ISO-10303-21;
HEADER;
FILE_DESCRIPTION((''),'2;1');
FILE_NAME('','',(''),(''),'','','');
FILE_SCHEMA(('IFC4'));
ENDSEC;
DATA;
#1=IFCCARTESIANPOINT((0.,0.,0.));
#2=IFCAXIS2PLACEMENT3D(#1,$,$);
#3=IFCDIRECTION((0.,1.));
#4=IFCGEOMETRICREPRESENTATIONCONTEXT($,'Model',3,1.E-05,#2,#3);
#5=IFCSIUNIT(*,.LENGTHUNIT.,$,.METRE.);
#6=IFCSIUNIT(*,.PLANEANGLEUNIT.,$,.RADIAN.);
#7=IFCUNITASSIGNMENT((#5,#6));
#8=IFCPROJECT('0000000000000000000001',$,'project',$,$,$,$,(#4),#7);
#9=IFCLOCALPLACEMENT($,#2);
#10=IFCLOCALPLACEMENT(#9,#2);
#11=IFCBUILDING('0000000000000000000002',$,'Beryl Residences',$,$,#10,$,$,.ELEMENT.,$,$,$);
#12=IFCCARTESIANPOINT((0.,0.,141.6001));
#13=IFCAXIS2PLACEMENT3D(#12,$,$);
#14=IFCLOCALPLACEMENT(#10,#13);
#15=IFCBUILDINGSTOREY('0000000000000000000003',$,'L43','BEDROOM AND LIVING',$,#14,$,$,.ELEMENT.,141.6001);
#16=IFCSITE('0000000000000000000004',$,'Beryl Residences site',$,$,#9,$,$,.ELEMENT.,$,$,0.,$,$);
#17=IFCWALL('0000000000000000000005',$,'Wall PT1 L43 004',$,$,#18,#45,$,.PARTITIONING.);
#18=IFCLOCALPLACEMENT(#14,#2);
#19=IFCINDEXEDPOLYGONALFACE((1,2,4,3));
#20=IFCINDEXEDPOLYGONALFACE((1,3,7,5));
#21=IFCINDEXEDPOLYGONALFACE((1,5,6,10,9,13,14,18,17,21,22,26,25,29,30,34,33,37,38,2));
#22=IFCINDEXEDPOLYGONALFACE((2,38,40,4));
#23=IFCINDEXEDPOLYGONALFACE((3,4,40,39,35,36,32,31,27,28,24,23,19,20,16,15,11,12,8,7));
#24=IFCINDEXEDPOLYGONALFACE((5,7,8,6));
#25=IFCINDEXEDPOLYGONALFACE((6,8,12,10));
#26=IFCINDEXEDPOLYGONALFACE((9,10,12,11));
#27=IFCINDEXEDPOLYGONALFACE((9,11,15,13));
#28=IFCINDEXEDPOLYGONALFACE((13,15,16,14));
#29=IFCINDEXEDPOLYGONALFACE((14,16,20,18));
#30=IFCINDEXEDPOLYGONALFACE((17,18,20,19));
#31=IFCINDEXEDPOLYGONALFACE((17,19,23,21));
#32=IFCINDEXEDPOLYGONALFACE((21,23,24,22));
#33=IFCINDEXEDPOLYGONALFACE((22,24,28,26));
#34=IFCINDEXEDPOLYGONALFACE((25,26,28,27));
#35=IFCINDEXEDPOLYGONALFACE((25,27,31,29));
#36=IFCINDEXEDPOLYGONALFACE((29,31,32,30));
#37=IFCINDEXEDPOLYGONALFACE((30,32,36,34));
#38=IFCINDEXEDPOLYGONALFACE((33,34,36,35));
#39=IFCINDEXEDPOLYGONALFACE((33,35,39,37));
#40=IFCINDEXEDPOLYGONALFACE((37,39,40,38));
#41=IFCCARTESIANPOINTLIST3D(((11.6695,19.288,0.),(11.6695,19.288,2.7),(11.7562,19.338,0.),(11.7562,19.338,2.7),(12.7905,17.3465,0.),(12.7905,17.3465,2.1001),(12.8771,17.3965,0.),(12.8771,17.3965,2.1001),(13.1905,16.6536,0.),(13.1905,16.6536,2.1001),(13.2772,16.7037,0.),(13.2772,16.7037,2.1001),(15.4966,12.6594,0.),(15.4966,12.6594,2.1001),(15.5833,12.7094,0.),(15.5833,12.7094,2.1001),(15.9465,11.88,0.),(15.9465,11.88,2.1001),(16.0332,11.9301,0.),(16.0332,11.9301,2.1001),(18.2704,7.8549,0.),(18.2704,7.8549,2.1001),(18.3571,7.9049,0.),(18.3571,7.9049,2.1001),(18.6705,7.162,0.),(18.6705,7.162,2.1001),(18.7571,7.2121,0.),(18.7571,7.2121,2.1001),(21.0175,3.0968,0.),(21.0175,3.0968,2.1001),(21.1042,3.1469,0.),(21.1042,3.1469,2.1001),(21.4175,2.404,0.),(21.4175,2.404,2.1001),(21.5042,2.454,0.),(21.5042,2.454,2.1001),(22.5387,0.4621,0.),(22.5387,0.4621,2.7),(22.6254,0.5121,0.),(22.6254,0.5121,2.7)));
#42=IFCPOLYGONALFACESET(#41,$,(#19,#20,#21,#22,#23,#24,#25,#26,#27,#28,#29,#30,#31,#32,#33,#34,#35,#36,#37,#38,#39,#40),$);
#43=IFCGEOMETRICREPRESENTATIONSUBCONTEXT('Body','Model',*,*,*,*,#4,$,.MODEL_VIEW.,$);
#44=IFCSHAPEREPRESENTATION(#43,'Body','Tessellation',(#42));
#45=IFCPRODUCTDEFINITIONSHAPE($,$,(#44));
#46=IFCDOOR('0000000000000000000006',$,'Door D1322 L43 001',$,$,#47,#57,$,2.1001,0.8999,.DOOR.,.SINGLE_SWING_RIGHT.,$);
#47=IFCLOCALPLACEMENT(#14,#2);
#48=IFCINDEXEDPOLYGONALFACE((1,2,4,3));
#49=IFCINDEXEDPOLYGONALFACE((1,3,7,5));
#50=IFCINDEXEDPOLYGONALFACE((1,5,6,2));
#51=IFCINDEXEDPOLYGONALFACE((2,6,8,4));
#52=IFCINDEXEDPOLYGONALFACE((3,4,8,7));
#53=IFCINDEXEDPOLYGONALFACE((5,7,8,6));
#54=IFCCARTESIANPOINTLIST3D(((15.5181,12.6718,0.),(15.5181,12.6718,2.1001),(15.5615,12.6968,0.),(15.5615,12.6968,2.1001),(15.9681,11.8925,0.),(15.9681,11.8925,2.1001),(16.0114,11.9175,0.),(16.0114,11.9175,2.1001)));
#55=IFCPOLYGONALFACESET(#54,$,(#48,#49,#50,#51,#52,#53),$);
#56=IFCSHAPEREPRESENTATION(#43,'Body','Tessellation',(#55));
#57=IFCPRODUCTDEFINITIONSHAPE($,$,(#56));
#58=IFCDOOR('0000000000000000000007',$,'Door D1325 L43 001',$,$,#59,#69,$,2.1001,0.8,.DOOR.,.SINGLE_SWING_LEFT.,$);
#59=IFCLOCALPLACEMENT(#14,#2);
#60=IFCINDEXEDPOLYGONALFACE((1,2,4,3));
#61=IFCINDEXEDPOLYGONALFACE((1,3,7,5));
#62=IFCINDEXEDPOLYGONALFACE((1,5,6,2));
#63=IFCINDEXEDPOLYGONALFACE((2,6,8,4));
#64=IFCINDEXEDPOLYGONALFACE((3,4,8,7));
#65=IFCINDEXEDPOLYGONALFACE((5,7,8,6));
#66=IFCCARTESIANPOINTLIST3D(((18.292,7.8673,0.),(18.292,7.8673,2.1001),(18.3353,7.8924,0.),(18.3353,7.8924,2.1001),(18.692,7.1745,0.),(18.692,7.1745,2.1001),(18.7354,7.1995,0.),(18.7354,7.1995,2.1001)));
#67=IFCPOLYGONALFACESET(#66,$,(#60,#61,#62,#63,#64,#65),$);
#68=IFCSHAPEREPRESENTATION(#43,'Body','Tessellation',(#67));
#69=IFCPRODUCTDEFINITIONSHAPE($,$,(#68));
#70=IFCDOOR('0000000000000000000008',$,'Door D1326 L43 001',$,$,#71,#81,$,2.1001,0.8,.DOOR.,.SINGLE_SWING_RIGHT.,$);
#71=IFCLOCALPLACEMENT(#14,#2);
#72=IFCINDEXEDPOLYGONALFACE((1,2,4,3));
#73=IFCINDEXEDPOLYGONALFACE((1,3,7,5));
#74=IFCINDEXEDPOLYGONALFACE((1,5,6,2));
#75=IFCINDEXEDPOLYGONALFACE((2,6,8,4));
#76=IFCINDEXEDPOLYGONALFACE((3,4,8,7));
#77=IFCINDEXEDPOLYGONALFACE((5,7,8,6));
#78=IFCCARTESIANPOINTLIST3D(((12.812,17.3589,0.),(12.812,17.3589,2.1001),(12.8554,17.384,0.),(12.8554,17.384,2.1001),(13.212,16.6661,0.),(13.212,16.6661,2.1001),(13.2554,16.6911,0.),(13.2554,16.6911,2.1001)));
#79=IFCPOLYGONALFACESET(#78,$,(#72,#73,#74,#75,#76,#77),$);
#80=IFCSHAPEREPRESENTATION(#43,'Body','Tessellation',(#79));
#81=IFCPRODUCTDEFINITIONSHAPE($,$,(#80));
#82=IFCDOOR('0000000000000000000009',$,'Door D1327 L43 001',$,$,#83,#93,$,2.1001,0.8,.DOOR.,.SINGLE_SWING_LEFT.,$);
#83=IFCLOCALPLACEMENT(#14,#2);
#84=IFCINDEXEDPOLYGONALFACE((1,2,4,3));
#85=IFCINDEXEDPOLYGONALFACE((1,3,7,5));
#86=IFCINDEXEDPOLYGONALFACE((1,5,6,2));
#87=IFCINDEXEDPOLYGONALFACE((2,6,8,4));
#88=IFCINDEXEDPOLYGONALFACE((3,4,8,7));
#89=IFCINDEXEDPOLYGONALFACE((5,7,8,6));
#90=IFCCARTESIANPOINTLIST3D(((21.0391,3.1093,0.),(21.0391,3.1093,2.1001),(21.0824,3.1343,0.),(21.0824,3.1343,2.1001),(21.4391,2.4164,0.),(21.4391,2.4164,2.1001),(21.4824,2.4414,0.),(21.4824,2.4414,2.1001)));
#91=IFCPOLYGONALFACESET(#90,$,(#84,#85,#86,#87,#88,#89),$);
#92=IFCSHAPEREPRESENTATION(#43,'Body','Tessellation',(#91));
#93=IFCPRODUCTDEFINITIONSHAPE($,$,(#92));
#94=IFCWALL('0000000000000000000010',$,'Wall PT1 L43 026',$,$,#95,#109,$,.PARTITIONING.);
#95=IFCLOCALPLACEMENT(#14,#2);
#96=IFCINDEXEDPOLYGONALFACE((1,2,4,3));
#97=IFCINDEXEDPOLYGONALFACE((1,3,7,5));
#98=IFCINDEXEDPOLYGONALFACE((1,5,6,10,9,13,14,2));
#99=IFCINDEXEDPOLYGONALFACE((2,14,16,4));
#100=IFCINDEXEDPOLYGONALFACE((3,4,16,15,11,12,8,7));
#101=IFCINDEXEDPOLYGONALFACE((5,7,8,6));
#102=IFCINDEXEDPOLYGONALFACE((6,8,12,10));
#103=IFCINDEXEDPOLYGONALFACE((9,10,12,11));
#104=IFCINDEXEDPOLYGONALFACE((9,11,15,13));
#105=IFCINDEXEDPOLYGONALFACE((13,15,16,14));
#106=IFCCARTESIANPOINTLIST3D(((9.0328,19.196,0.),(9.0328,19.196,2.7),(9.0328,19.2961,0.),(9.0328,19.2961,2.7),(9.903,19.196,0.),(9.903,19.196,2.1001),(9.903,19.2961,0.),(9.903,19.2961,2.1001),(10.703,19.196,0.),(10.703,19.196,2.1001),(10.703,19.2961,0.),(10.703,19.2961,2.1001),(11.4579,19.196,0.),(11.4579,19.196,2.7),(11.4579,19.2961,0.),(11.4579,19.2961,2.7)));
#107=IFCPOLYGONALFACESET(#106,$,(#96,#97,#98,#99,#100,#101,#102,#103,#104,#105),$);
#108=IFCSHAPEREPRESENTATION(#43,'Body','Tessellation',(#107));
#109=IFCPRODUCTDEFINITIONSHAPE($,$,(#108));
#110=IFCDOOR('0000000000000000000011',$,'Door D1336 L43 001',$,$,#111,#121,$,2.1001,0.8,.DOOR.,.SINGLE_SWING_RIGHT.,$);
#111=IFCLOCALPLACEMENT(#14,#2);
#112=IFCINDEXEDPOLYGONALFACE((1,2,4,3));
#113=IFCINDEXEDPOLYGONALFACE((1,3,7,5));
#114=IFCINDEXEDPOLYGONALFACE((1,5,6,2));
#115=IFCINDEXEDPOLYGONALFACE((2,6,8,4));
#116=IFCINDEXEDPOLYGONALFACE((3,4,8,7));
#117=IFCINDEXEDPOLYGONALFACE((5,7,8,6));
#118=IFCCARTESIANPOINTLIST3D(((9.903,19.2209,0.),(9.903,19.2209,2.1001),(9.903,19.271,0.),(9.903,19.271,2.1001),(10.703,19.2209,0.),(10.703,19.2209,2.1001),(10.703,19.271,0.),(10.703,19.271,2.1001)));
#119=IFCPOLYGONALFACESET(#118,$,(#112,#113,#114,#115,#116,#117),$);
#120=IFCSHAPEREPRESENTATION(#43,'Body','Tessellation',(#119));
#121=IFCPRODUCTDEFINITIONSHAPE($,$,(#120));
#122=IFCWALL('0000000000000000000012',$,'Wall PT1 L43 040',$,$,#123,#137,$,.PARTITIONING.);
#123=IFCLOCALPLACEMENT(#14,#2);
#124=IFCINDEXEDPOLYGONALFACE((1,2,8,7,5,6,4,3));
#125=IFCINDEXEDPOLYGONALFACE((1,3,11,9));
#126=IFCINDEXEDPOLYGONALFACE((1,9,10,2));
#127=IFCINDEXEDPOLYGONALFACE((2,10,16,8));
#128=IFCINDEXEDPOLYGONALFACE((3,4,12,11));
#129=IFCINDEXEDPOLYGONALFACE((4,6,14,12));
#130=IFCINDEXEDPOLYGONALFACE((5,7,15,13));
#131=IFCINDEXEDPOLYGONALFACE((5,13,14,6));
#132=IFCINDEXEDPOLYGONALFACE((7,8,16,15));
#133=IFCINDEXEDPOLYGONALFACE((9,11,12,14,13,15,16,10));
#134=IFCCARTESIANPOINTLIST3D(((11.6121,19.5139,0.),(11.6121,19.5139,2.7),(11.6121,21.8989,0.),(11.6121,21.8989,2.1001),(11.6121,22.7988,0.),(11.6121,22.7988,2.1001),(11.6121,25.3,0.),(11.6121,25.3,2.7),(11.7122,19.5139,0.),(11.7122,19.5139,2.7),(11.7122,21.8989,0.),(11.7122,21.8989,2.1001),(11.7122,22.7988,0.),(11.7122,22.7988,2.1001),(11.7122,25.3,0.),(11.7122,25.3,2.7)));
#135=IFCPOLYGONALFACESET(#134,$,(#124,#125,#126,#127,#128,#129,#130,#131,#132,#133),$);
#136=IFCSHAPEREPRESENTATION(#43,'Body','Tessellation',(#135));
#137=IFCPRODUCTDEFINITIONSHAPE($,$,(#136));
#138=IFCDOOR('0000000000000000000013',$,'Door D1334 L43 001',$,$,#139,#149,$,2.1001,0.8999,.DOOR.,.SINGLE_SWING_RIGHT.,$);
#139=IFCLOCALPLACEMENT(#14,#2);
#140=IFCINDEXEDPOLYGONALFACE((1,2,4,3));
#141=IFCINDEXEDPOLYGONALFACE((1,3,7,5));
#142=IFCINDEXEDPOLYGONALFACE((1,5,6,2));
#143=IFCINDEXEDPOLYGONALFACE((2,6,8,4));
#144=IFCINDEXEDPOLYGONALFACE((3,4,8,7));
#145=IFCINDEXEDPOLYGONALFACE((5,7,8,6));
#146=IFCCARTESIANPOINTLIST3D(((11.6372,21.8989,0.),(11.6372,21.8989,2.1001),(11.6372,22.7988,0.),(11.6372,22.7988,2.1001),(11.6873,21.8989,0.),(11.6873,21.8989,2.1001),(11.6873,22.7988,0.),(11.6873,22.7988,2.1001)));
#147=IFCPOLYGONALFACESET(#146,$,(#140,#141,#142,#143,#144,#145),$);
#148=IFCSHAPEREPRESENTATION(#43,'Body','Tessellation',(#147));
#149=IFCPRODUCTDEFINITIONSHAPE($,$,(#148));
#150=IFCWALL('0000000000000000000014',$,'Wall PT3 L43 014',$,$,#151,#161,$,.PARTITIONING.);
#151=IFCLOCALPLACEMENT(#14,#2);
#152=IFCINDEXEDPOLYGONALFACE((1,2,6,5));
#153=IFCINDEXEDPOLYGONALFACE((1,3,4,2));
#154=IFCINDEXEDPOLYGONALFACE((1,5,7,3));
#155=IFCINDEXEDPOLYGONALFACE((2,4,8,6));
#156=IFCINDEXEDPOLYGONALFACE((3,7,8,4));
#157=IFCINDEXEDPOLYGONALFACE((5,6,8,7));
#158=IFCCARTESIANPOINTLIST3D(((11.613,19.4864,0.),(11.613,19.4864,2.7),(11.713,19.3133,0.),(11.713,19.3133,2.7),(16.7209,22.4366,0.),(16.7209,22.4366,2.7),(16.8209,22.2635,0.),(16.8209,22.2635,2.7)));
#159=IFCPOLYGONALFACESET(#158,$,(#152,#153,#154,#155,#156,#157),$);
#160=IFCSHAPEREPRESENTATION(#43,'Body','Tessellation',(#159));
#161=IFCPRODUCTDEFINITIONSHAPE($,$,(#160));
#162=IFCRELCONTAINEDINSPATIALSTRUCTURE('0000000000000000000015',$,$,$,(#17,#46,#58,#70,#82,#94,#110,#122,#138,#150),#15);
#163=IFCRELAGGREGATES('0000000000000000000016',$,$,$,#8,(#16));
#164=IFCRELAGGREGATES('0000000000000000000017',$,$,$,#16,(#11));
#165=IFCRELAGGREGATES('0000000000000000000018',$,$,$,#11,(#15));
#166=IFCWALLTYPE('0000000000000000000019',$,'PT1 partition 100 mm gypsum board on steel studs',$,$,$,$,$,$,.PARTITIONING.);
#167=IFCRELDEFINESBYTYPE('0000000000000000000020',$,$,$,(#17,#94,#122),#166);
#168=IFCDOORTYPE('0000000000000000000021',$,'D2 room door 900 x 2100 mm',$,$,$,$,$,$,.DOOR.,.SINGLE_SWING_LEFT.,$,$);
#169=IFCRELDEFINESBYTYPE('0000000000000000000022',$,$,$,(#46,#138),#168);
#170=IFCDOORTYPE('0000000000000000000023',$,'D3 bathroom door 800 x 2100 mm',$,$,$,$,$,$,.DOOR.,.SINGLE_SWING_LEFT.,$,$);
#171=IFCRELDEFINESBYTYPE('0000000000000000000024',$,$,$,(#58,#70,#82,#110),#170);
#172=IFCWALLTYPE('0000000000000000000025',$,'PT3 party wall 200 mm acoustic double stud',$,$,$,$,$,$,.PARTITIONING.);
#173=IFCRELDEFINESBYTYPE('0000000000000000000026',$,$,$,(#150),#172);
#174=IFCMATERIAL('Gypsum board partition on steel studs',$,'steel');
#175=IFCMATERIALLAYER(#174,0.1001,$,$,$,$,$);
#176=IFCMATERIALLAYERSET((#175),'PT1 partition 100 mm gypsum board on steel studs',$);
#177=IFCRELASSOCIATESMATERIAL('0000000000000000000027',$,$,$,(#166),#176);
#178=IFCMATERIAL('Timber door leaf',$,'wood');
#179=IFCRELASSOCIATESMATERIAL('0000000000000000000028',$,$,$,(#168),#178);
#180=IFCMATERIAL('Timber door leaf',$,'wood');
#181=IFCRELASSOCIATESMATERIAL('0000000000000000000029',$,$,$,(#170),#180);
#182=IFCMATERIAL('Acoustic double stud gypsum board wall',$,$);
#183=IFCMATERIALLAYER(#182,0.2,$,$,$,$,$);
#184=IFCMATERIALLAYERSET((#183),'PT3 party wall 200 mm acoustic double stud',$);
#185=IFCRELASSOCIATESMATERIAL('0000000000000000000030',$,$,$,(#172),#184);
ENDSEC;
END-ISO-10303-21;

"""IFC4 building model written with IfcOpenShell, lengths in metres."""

from ifc_helpers import new_model, si_unit, direction, frame, frame_2d, origin, place, context, subcontext, project, spatial, rectangle, extrude, material, layer, layer_set, type_object, element, fill, save


model = new_model("IFC4")

# Units and contexts
model_context = context("Model", 3, precision=1e-05, world=origin(), true_north=direction((0.0, 1.0)))
body_context = subcontext(model_context, "Body", "Model", "MODEL_VIEW")
ifc_project = project(units=[si_unit("LENGTHUNIT", "METRE"), si_unit("PLANEANGLEUNIT", "RADIAN")], contexts=[model_context])

# Site, building, storey
site_placement = place(None, origin())
site = spatial("IfcSite", under=ifc_project, at=site_placement, Name="Beryl Residences site", CompositionType="ELEMENT", RefElevation=0.0)
building_placement = place(site_placement, origin())
building = spatial("IfcBuilding", under=site, at=building_placement, Name="Beryl Residences", CompositionType="ELEMENT")
storey_placement = place(building_placement, frame((0.0, 0.0, 141.6001)))
storey = spatial("IfcBuildingStorey", under=building, at=storey_placement, Name="L43", Description="BEDROOM AND LIVING", CompositionType="ELEMENT", Elevation=141.6001)

# Shared definitions
ifc_material_1 = material(Name="Gypsum board partition on steel studs", Category="steel")
ifc_layer_1 = layer(ifc_material_1, 0.1001)
ifc_layer_set_1 = layer_set([ifc_layer_1], Name="PT1 partition 100 mm gypsum board on steel studs")
wall_type_1 = type_object("IfcWallType", Name="PT1 partition 100 mm gypsum board on steel studs", PredefinedType="PARTITIONING", material=ifc_layer_set_1)

# Wall, openings, doors
wall_1_placement = place(storey_placement, frame((11.7129, 19.313, 0.0), z_axis=(0.0, 0.0, 1.0), x_axis=(0.5, -0.866026, 0.0)))
wall_1 = element("IfcWall", 1, at=wall_1_placement, inside=storey, type_object=wall_type_1, Name="Wall PT1 L43 004", PredefinedType="PARTITIONING", context=body_context, shape_type="SweptSolid", body=[
    extrude(rectangle(XDim=21.7383, YDim=0.1001, at=frame_2d((10.8691, 0.0))), origin(), (0.0, 0.0, 1.0), 2.7),
])
opening_1_placement = place(wall_1_placement, frame((7.6541, 0.0, 0.0)))
opening_1 = element("IfcOpeningElement", 2, at=opening_1_placement, cuts=wall_1, PredefinedType="OPENING", context=body_context, shape_type="SweptSolid", body=[
    extrude(rectangle(XDim=0.8999, YDim=2.1001, at=frame_2d((0.45, 1.05))), frame((0.0, 0.0601, 0.0), z_axis=(0.0, -1.0, 0.0), x_axis=(1.0, 0.0, 0.0)), (0.0, 0.0, 1.0), 0.1201),
])
opening_2_placement = place(wall_1_placement, frame((13.2019, 0.0, 0.0)))
opening_2 = element("IfcOpeningElement", 3, at=opening_2_placement, cuts=wall_1, PredefinedType="OPENING", context=body_context, shape_type="SweptSolid", body=[
    extrude(rectangle(XDim=0.8, YDim=2.1001, at=frame_2d((0.3999, 1.05))), frame((0.0, 0.0601, 0.0), z_axis=(0.0, -1.0, 0.0), x_axis=(1.0, 0.0, 0.0)), (0.0, 0.0, 1.0), 0.1201),
])
opening_3_placement = place(wall_1_placement, frame((2.2419, 0.0, 0.0)))
opening_3 = element("IfcOpeningElement", 4, at=opening_3_placement, cuts=wall_1, PredefinedType="OPENING", context=body_context, shape_type="SweptSolid", body=[
    extrude(rectangle(XDim=0.8, YDim=2.1001, at=frame_2d((0.3999, 1.05))), frame((0.0, 0.0601, 0.0), z_axis=(0.0, -1.0, 0.0), x_axis=(1.0, 0.0, 0.0)), (0.0, 0.0, 1.0), 0.1201),
])
opening_4_placement = place(wall_1_placement, frame((18.696, 0.0, 0.0)))
opening_4 = element("IfcOpeningElement", 5, at=opening_4_placement, cuts=wall_1, PredefinedType="OPENING", context=body_context, shape_type="SweptSolid", body=[
    extrude(rectangle(XDim=0.8, YDim=2.1001, at=frame_2d((0.3999, 1.05))), frame((0.0, 0.0601, 0.0), z_axis=(0.0, -1.0, 0.0), x_axis=(1.0, 0.0, 0.0)), (0.0, 0.0, 1.0), 0.1201),
])
ifc_material_2 = material(Name="Timber door leaf", Category="wood")
door_type_1 = type_object("IfcDoorType", Name="D2 room door 900 x 2100 mm", OperationType="SINGLE_SWING_LEFT", PredefinedType="DOOR", material=ifc_material_2)
door_1_placement = place(opening_1_placement, origin())
door_1 = element("IfcDoor", 6, at=door_1_placement, inside=storey, type_object=door_type_1, Name="Door D1322 L43 001", OperationType="SINGLE_SWING_RIGHT", OverallHeight=2.1001, OverallWidth=0.8999, PredefinedType="DOOR", context=body_context, shape_type="SweptSolid", body=[
    extrude(rectangle(XDim=0.8999, YDim=2.1001, at=frame_2d((0.45, 1.05))), frame((0.0, 0.0249, 0.0), z_axis=(0.0, -1.0, 0.0), x_axis=(1.0, 0.0, 0.0)), (0.0, 0.0, 1.0), 0.05),
])
fill(opening_1, door_1)
ifc_material_3 = material(Name="Timber door leaf", Category="wood")
door_type_2 = type_object("IfcDoorType", Name="D3 bathroom door 800 x 2100 mm", OperationType="SINGLE_SWING_LEFT", PredefinedType="DOOR", material=ifc_material_3)
door_2_placement = place(opening_2_placement, origin())
door_2 = element("IfcDoor", 7, at=door_2_placement, inside=storey, type_object=door_type_2, Name="Door D1325 L43 001", OperationType="SINGLE_SWING_LEFT", OverallHeight=2.1001, OverallWidth=0.8, PredefinedType="DOOR", context=body_context, shape_type="SweptSolid", body=[
    extrude(rectangle(XDim=0.8, YDim=2.1001, at=frame_2d((0.3999, 1.05))), frame((0.0, 0.0249, 0.0), z_axis=(0.0, -1.0, 0.0), x_axis=(1.0, 0.0, 0.0)), (0.0, 0.0, 1.0), 0.05),
])
fill(opening_2, door_2)
door_3_placement = place(opening_3_placement, origin())
door_3 = element("IfcDoor", 8, at=door_3_placement, inside=storey, type_object=door_type_2, Name="Door D1326 L43 001", OperationType="SINGLE_SWING_RIGHT", OverallHeight=2.1001, OverallWidth=0.8, PredefinedType="DOOR", context=body_context, shape_type="SweptSolid", body=[
    extrude(rectangle(XDim=0.8, YDim=2.1001, at=frame_2d((0.3999, 1.05))), frame((0.0, 0.0249, 0.0), z_axis=(0.0, -1.0, 0.0), x_axis=(1.0, 0.0, 0.0)), (0.0, 0.0, 1.0), 0.05),
])
fill(opening_3, door_3)
door_4_placement = place(opening_4_placement, origin())
door_4 = element("IfcDoor", 9, at=door_4_placement, inside=storey, type_object=door_type_2, Name="Door D1327 L43 001", OperationType="SINGLE_SWING_LEFT", OverallHeight=2.1001, OverallWidth=0.8, PredefinedType="DOOR", context=body_context, shape_type="SweptSolid", body=[
    extrude(rectangle(XDim=0.8, YDim=2.1001, at=frame_2d((0.3999, 1.05))), frame((0.0, 0.0249, 0.0), z_axis=(0.0, -1.0, 0.0), x_axis=(1.0, 0.0, 0.0)), (0.0, 0.0, 1.0), 0.05),
])
fill(opening_4, door_4)

# Walls, openings, doors
wall_2_placement = place(storey_placement, frame((9.033, 19.2461, 0.0), z_axis=(0.0, 0.0, 1.0), x_axis=(1.0, 0.0, 0.0)))
wall_2 = element("IfcWall", 10, at=wall_2_placement, inside=storey, type_object=wall_type_1, Name="Wall PT1 L43 026", PredefinedType="PARTITIONING", context=body_context, shape_type="SweptSolid", body=[
    extrude(rectangle(XDim=2.425, YDim=0.1001, at=frame_2d((1.2124, 0.0))), origin(), (0.0, 0.0, 1.0), 2.7),
])
opening_5_placement = place(wall_2_placement, frame((0.8701, 0.0, 0.0)))
opening_5 = element("IfcOpeningElement", 11, at=opening_5_placement, cuts=wall_2, PredefinedType="OPENING", context=body_context, shape_type="SweptSolid", body=[
    extrude(rectangle(XDim=0.8, YDim=2.1001, at=frame_2d((0.3999, 1.05))), frame((0.0, 0.0601, 0.0), z_axis=(0.0, -1.0, 0.0), x_axis=(1.0, 0.0, 0.0)), (0.0, 0.0, 1.0), 0.1201),
])
door_5_placement = place(opening_5_placement, origin())
door_5 = element("IfcDoor", 12, at=door_5_placement, inside=storey, type_object=door_type_2, Name="Door D1336 L43 001", OperationType="SINGLE_SWING_RIGHT", OverallHeight=2.1001, OverallWidth=0.8, PredefinedType="DOOR", context=body_context, shape_type="SweptSolid", body=[
    extrude(rectangle(XDim=0.8, YDim=2.1001, at=frame_2d((0.3999, 1.05))), frame((0.0, 0.0249, 0.0), z_axis=(0.0, -1.0, 0.0), x_axis=(1.0, 0.0, 0.0)), (0.0, 0.0, 1.0), 0.05),
])
fill(opening_5, door_5)
wall_3_placement = place(storey_placement, frame((11.6621, 19.5139, 0.0), z_axis=(0.0, 0.0, 1.0), x_axis=(0.0, 1.0, 0.0)))
wall_3 = element("IfcWall", 13, at=wall_3_placement, inside=storey, type_object=wall_type_1, Name="Wall PT1 L43 040", PredefinedType="PARTITIONING", context=body_context, shape_type="SweptSolid", body=[
    extrude(rectangle(XDim=5.7861, YDim=0.1001, at=frame_2d((2.8931, 0.0))), origin(), (0.0, 0.0, 1.0), 2.7),
])
opening_6_placement = place(wall_3_placement, frame((2.385, 0.0, 0.0)))
opening_6 = element("IfcOpeningElement", 14, at=opening_6_placement, cuts=wall_3, PredefinedType="OPENING", context=body_context, shape_type="SweptSolid", body=[
    extrude(rectangle(XDim=0.8999, YDim=2.1001, at=frame_2d((0.45, 1.05))), frame((0.0, 0.0601, 0.0), z_axis=(0.0, -1.0, 0.0), x_axis=(1.0, 0.0, 0.0)), (0.0, 0.0, 1.0), 0.1201),
])
door_6_placement = place(opening_6_placement, origin())
door_6 = element("IfcDoor", 15, at=door_6_placement, inside=storey, type_object=door_type_1, Name="Door D1334 L43 001", OperationType="SINGLE_SWING_RIGHT", OverallHeight=2.1001, OverallWidth=0.8999, PredefinedType="DOOR", context=body_context, shape_type="SweptSolid", body=[
    extrude(rectangle(XDim=0.8999, YDim=2.1001, at=frame_2d((0.45, 1.05))), frame((0.0, 0.0249, 0.0), z_axis=(0.0, -1.0, 0.0), x_axis=(1.0, 0.0, 0.0)), (0.0, 0.0, 1.0), 0.05),
])
fill(opening_6, door_6)

# Wall
ifc_material_4 = material(Name="Acoustic double stud gypsum board wall")
ifc_layer_2 = layer(ifc_material_4, 0.2)
ifc_layer_set_2 = layer_set([ifc_layer_2], Name="PT3 party wall 200 mm acoustic double stud")
wall_type_2 = type_object("IfcWallType", Name="PT3 party wall 200 mm acoustic double stud", PredefinedType="PARTITIONING", material=ifc_layer_set_2)
wall_4_placement = place(storey_placement, frame((11.6631, 19.3999, 0.0), z_axis=(0.0, 0.0, 1.0), x_axis=(0.865942, 0.500145, 0.0)))
element("IfcWall", 16, at=wall_4_placement, inside=storey, type_object=wall_type_2, Name="Wall PT3 L43 014", PredefinedType="PARTITIONING", context=body_context, shape_type="SweptSolid", body=[
    extrude(rectangle(XDim=5.8987, YDim=0.2, at=frame_2d((2.9492, 0.0))), origin(), (0.0, 0.0, 1.0), 2.7),
])

save(model, "model.ifc")
